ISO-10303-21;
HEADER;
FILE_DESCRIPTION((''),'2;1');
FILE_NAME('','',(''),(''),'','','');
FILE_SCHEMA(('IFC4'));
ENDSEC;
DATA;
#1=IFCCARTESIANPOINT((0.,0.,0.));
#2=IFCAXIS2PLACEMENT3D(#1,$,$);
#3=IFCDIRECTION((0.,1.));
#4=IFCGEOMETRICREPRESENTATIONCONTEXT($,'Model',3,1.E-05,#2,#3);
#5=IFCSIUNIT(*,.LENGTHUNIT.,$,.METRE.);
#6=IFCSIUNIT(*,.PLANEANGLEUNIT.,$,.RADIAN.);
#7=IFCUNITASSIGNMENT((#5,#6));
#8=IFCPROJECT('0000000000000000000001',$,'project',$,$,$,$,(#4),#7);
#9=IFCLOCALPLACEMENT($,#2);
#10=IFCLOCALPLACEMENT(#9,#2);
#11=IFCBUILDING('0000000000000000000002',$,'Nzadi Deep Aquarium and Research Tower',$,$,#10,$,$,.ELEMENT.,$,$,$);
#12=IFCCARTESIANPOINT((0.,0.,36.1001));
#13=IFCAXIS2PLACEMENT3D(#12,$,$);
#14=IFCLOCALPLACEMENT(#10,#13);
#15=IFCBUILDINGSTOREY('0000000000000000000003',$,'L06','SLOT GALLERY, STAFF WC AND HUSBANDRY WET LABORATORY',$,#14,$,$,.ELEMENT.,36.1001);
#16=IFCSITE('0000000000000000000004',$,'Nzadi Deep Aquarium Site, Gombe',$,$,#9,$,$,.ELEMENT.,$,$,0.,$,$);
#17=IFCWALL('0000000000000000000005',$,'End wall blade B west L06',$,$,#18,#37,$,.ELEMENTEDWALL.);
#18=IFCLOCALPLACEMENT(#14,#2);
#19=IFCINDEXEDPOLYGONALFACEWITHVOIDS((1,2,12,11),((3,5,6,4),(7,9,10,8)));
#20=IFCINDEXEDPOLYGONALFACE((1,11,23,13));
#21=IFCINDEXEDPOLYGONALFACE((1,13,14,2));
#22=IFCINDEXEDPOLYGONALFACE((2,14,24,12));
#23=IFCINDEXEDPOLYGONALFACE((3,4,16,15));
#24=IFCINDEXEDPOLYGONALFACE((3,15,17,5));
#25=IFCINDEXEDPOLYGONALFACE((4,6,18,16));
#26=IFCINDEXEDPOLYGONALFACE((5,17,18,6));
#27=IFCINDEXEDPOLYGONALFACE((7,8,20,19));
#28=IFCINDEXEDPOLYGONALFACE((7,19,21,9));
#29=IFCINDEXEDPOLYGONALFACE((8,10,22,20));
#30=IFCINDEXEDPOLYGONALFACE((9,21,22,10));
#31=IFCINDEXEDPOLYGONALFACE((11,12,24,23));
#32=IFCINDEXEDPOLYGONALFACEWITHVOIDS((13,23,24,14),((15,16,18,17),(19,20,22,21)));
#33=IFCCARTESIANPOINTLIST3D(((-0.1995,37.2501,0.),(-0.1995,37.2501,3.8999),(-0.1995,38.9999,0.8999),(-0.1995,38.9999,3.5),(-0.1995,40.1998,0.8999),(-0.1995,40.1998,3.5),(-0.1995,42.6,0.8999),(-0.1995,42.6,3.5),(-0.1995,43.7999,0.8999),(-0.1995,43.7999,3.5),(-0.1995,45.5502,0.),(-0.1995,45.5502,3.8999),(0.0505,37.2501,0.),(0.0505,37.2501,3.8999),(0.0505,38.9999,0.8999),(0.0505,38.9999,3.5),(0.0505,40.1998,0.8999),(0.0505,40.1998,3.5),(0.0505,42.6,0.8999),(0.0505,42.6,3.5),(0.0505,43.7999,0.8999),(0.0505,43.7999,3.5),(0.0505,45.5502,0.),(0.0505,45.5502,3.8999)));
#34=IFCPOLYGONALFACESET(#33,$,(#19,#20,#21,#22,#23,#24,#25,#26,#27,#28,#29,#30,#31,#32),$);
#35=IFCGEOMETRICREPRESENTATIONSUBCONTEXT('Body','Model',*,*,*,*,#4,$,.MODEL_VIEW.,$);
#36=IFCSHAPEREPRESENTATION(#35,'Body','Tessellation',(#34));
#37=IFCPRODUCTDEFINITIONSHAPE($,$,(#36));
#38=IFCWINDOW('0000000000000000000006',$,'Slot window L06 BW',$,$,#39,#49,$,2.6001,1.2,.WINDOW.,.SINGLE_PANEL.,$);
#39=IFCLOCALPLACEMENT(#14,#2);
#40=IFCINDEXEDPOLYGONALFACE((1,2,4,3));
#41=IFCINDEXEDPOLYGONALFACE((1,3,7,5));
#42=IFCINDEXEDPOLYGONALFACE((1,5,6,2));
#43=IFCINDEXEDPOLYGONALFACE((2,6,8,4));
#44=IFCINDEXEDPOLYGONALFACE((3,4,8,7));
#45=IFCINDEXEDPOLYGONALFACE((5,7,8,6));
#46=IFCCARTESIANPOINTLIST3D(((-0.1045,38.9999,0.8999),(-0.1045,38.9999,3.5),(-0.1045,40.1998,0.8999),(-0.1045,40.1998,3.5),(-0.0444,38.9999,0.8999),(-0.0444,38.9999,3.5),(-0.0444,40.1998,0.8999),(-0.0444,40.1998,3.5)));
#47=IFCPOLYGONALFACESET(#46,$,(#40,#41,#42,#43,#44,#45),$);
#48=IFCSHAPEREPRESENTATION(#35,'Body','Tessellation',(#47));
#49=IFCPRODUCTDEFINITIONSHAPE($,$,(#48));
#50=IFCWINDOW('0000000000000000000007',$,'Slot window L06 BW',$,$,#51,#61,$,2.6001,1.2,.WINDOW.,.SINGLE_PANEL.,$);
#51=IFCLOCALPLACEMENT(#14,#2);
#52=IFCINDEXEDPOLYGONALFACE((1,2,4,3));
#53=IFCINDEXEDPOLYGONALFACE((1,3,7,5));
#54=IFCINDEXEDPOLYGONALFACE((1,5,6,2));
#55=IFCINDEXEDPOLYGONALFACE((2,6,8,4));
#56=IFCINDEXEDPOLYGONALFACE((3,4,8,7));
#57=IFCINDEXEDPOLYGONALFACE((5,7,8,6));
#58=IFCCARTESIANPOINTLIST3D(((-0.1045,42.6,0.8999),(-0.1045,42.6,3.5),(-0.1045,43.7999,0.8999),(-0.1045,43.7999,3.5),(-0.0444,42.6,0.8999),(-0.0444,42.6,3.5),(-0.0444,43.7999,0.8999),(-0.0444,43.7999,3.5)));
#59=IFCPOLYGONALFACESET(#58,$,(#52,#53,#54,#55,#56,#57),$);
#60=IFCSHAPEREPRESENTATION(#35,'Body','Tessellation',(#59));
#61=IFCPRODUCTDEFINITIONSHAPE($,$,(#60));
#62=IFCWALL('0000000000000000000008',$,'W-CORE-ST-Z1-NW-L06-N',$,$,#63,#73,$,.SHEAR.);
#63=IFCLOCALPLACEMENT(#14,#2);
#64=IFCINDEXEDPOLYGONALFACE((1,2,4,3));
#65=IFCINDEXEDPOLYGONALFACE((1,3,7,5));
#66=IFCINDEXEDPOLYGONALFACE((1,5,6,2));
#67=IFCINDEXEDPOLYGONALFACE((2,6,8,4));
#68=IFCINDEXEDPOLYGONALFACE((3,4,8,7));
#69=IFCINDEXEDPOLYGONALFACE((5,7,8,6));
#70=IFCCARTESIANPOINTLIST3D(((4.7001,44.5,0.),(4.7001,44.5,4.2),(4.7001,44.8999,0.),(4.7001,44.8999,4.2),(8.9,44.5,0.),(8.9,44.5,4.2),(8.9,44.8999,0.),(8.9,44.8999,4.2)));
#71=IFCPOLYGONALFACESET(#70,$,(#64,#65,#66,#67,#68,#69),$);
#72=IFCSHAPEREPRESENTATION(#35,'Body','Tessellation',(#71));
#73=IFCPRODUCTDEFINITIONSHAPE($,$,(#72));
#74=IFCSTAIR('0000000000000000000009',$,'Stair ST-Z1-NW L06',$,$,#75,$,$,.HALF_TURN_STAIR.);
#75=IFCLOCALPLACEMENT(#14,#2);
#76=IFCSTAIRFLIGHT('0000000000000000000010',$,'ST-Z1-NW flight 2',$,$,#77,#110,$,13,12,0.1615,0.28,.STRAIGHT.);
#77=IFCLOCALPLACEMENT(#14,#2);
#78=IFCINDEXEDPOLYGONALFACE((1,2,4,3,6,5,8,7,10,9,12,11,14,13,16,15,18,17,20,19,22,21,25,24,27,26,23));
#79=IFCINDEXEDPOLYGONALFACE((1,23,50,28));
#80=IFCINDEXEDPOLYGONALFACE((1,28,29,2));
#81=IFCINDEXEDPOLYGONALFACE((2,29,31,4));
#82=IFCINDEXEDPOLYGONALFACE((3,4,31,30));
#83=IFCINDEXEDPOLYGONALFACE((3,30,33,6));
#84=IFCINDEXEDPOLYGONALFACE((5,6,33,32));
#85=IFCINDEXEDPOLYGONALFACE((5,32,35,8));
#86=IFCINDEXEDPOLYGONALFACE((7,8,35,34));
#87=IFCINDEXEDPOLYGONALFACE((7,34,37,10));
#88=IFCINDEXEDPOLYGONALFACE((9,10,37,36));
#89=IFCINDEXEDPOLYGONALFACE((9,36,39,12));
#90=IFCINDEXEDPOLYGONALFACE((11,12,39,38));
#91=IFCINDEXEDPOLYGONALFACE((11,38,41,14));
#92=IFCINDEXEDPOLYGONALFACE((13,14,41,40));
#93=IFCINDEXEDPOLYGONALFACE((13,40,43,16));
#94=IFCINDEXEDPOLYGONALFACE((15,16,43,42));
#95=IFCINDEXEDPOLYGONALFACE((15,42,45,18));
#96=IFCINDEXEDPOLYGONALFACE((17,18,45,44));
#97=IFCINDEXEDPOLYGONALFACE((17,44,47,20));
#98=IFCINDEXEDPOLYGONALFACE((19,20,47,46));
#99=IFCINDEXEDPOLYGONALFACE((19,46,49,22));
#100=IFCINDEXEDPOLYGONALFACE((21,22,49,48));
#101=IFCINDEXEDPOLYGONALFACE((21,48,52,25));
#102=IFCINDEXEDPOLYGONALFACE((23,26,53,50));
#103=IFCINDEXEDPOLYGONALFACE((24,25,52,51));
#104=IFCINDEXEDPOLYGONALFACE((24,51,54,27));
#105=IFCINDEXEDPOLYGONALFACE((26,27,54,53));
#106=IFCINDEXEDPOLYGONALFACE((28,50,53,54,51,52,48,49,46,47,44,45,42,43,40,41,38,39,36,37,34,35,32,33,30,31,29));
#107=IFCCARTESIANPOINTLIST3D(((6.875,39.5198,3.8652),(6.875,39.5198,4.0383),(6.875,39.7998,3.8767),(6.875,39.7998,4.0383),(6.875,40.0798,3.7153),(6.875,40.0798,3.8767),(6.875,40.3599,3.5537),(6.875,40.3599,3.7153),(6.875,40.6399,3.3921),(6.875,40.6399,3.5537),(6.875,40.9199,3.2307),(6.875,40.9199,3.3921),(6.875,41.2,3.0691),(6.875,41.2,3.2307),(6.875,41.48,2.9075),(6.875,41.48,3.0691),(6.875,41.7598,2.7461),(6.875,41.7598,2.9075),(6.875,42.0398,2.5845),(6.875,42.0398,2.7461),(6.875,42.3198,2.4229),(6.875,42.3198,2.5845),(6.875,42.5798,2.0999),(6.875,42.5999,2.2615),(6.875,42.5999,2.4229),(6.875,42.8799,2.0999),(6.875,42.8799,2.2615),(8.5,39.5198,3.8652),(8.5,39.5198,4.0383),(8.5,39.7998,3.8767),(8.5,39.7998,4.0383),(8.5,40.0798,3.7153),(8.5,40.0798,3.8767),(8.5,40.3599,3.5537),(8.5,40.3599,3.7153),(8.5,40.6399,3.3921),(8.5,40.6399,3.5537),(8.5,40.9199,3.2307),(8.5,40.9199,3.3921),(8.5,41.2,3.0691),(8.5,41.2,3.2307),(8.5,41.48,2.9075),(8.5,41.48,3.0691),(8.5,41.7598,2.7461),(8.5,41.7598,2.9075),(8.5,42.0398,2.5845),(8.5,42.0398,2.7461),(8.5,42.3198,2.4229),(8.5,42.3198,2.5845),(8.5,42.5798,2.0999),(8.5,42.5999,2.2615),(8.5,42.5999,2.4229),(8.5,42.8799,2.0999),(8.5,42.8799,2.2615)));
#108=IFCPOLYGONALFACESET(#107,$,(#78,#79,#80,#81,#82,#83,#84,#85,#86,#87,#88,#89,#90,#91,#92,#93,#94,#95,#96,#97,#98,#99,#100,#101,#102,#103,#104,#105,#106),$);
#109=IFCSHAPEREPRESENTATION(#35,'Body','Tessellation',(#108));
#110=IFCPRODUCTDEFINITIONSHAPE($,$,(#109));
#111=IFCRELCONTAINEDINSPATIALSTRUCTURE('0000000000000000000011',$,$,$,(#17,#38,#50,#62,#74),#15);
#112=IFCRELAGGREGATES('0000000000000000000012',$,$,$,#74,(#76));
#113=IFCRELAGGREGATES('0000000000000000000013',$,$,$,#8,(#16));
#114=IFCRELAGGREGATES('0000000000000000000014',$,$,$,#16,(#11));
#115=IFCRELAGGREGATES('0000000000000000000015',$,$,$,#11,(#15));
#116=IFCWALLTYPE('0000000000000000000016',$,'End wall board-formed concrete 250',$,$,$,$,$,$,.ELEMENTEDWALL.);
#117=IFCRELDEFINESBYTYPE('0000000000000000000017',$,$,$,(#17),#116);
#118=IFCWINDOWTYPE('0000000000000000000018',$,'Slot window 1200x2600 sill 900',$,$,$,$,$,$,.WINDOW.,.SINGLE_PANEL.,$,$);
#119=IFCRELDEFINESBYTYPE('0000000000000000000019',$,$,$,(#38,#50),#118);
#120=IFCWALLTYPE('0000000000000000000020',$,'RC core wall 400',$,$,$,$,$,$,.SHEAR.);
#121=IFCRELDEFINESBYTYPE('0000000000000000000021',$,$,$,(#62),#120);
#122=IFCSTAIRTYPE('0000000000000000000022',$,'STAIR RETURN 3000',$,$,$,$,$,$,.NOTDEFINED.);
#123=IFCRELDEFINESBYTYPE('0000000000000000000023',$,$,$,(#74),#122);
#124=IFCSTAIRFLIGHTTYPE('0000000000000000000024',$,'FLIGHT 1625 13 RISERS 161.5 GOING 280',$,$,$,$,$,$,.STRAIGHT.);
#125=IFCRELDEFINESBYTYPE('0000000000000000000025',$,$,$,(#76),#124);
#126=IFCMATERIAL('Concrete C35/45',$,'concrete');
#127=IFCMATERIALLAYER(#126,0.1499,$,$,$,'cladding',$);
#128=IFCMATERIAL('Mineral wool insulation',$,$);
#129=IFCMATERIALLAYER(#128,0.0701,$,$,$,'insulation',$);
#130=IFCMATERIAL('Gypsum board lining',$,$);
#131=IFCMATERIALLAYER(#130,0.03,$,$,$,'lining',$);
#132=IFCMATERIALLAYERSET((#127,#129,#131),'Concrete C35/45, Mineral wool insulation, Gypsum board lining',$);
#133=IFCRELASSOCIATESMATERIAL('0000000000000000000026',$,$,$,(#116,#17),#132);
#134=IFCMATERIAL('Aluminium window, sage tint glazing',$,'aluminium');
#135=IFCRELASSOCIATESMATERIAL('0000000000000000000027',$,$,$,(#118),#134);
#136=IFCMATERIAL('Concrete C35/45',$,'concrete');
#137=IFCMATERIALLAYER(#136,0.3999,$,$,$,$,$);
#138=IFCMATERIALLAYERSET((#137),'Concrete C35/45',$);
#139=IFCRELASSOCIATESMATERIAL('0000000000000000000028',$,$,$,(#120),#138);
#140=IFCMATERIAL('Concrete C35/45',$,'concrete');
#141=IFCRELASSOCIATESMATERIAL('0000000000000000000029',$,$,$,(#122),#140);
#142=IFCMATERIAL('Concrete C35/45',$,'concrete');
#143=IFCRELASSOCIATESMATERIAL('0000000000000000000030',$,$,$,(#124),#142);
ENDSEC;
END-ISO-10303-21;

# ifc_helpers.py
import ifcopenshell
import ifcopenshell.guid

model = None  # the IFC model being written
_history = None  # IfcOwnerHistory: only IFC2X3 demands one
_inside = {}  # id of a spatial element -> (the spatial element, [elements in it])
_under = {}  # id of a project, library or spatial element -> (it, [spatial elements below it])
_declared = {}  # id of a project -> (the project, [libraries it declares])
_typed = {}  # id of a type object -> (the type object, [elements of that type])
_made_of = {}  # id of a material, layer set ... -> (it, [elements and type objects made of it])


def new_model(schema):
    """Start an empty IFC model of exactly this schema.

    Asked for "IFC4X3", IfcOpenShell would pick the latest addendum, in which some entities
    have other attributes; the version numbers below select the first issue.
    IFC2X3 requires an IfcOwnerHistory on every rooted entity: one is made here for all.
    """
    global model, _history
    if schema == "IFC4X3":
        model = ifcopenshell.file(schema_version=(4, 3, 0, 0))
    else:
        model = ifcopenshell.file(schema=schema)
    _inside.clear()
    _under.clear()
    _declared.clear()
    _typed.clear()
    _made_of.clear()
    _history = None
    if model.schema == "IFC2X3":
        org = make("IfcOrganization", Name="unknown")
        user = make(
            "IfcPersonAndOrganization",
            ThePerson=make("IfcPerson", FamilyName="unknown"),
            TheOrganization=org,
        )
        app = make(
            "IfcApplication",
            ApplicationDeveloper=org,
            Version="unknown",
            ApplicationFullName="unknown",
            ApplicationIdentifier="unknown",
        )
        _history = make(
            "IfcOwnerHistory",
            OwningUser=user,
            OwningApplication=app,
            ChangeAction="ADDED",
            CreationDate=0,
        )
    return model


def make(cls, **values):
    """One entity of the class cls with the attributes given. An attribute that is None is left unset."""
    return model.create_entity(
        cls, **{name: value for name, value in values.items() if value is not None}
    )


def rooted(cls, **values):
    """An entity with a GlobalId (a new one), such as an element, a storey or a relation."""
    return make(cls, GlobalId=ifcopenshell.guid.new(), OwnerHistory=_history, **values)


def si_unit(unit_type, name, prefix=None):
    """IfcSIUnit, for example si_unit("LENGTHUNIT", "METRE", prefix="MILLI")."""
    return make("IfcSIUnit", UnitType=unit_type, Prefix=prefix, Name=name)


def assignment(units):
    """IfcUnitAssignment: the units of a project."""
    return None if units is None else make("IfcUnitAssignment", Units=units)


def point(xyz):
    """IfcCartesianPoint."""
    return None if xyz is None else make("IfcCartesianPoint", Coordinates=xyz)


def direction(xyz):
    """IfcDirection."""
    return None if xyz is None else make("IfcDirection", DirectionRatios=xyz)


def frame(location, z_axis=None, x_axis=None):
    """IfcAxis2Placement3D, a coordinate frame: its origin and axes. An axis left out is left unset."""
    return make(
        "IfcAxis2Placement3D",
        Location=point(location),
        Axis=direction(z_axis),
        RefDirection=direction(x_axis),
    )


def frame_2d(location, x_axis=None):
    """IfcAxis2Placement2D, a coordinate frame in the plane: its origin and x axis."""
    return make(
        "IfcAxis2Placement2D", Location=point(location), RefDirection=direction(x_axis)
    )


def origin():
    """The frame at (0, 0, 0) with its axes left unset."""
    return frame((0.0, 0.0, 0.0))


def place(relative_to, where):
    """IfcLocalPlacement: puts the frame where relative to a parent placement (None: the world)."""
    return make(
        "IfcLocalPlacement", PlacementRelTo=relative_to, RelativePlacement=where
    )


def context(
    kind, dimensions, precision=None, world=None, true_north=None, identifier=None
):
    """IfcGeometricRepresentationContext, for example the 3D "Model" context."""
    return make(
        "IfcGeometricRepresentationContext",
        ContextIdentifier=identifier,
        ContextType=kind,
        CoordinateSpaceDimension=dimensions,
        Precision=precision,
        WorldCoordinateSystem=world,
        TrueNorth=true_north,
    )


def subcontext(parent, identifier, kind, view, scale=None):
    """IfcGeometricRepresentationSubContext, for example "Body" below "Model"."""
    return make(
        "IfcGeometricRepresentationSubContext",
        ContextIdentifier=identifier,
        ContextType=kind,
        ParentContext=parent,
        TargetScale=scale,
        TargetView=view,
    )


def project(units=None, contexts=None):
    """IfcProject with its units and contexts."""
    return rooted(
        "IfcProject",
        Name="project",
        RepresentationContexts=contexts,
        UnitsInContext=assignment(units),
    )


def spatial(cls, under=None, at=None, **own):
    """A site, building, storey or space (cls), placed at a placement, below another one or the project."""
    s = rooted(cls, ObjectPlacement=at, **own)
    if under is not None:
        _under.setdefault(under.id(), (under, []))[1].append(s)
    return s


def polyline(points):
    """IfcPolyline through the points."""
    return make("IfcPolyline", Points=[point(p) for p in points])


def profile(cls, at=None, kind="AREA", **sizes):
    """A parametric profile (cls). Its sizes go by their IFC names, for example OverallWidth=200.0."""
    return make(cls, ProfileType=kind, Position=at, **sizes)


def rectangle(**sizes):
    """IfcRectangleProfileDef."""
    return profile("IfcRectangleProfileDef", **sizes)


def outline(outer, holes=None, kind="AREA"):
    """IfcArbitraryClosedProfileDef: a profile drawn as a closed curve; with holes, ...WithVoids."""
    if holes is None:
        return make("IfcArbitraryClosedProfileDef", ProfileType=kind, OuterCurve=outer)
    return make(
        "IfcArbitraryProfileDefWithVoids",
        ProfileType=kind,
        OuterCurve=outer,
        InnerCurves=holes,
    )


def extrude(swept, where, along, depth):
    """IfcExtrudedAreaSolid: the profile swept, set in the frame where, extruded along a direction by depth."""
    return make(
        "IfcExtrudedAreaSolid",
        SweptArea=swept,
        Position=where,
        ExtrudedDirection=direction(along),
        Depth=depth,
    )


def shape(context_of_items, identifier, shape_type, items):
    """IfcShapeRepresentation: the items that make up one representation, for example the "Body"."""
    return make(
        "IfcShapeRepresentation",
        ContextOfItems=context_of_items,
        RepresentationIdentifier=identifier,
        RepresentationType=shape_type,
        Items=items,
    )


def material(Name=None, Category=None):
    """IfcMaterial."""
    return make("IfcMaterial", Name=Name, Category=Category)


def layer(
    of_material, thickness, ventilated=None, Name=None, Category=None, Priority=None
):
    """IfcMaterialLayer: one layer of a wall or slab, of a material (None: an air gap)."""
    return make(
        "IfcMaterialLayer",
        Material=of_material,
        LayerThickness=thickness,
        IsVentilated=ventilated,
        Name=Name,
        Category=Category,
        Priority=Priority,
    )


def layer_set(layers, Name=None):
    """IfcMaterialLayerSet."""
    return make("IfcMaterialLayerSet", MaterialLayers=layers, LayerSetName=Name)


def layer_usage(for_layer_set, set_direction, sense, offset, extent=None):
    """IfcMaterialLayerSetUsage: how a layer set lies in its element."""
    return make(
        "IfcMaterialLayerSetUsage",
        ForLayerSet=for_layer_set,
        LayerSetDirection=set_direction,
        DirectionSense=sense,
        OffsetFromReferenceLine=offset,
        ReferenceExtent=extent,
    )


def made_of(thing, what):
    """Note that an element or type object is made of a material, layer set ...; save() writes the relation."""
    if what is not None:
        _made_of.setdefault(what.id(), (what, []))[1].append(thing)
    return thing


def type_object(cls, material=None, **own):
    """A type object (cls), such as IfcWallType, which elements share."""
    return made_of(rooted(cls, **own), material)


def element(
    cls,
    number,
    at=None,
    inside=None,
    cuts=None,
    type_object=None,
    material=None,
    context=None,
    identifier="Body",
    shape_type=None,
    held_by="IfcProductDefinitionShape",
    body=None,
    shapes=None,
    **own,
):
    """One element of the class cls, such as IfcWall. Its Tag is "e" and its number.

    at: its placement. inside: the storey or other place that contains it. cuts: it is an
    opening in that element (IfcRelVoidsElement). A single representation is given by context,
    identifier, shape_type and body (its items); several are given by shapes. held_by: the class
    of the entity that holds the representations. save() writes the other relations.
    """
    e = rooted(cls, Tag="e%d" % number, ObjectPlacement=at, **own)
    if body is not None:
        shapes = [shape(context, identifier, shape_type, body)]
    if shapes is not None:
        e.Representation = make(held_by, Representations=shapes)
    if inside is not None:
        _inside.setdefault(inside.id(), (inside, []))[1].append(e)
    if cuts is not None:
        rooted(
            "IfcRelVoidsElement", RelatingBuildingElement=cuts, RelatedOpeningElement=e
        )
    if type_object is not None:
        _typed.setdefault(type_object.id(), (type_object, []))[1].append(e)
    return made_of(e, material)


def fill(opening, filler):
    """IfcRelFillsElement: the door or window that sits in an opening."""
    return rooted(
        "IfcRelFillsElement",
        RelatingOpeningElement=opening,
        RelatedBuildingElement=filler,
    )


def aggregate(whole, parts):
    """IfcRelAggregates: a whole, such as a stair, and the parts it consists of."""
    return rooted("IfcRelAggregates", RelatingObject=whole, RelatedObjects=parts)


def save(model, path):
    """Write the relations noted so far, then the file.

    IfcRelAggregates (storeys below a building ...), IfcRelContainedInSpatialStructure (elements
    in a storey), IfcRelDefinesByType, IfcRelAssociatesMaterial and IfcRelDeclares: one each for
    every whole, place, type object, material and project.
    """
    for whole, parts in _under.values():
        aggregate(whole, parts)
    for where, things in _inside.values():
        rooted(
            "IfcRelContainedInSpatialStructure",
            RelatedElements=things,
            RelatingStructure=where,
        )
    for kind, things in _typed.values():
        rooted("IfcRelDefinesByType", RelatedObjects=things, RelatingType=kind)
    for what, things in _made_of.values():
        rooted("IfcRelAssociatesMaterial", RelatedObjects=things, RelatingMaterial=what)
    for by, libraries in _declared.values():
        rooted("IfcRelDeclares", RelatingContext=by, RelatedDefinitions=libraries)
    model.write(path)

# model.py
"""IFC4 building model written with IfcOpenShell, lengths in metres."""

from ifc_helpers import new_model, si_unit, direction, frame, frame_2d, origin, place, context, subcontext, project, spatial, polyline, rectangle, outline, extrude, material, layer, layer_set, layer_usage, type_object, element, fill, aggregate, save


model = new_model("IFC4")

# Units and contexts
model_context = context("Model", 3, precision=1e-05, world=origin(), true_north=direction((0.0, 1.0)))
body_context = subcontext(model_context, "Body", "Model", "MODEL_VIEW")
ifc_project = project(units=[si_unit("LENGTHUNIT", "METRE"), si_unit("PLANEANGLEUNIT", "RADIAN")], contexts=[model_context])

# Site, building, storey
site_placement = place(None, origin())
site = spatial("IfcSite", under=ifc_project, at=site_placement, Name="Nzadi Deep Aquarium Site, Gombe", CompositionType="ELEMENT", RefElevation=0.0)
building_placement = place(site_placement, origin())
building = spatial("IfcBuilding", under=site, at=building_placement, Name="Nzadi Deep Aquarium and Research Tower", CompositionType="ELEMENT")
storey_placement = place(building_placement, frame((0.0, 0.0, 36.1001)))
storey = spatial("IfcBuildingStorey", under=building, at=storey_placement, Name="L06", Description="SLOT GALLERY, STAFF WC AND HUSBANDRY WET LABORATORY", CompositionType="ELEMENT", Elevation=36.1001)

# Wall, openings, windows
ifc_material_1 = material(Name="Concrete C35/45", Category="concrete")
ifc_layer_1 = layer(ifc_material_1, 0.1499, Category="cladding")
ifc_material_2 = material(Name="Mineral wool insulation")
ifc_layer_2 = layer(ifc_material_2, 0.0701, Category="insulation")
ifc_material_3 = material(Name="Gypsum board lining")
ifc_layer_3 = layer(ifc_material_3, 0.03, Category="lining")
ifc_layer_set_1 = layer_set([ifc_layer_1, ifc_layer_2, ifc_layer_3], Name="Concrete C35/45, Mineral wool insulation, Gypsum board lining")
ifc_layer_usage = layer_usage(ifc_layer_set_1, "AXIS2", "POSITIVE", -0.125)
wall_type_1 = type_object("IfcWallType", Name="End wall board-formed concrete 250", PredefinedType="ELEMENTEDWALL", material=ifc_layer_set_1)
wall_1_placement = place(storey_placement, frame((-0.0745, 45.55, 0.0), z_axis=(0.0, 0.0, 1.0), x_axis=(0.0, -1.0, 0.0)))
wall_1 = element("IfcWall", 1, at=wall_1_placement, inside=storey, type_object=wall_type_1, material=ifc_layer_usage, Name="End wall blade B west L06", PredefinedType="ELEMENTEDWALL", context=body_context, shape_type="SweptSolid", body=[
    extrude(rectangle(XDim=8.3, YDim=0.25, at=frame_2d((4.1499, 0.0))), origin(), (0.0, 0.0, 1.0), 3.8999),
])
opening_1_placement = place(wall_1_placement, frame((5.3501, 0.0, 0.8999)))
opening_1 = element("IfcOpeningElement", 2, at=opening_1_placement, cuts=wall_1, PredefinedType="OPENING", context=body_context, shape_type="SweptSolid", body=[
    extrude(rectangle(XDim=1.2, YDim=2.6001, at=frame_2d((0.6001, 1.3))), frame((0.0, 0.135, 0.0), z_axis=(0.0, -1.0, 0.0), x_axis=(1.0, 0.0, 0.0)), (0.0, 0.0, 1.0), 0.27),
])
opening_2_placement = place(wall_1_placement, frame((1.75, 0.0, 0.8999)))
opening_2 = element("IfcOpeningElement", 3, at=opening_2_placement, cuts=wall_1, PredefinedType="OPENING", context=body_context, shape_type="SweptSolid", body=[
    extrude(rectangle(XDim=1.2, YDim=2.6001, at=frame_2d((0.6001, 1.3))), frame((0.0, 0.135, 0.0), z_axis=(0.0, -1.0, 0.0), x_axis=(1.0, 0.0, 0.0)), (0.0, 0.0, 1.0), 0.27),
])
ifc_material_4 = material(Name="Aluminium window, sage tint glazing", Category="aluminium")
window_type = type_object("IfcWindowType", Name="Slot window 1200x2600 sill 900", PartitioningType="SINGLE_PANEL", PredefinedType="WINDOW", material=ifc_material_4)
window_1_placement = place(opening_1_placement, origin())
window_1 = element("IfcWindow", 4, at=window_1_placement, inside=storey, type_object=window_type, Name="Slot window L06 BW", OverallHeight=2.6001, OverallWidth=1.2, PartitioningType="SINGLE_PANEL", PredefinedType="WINDOW", context=body_context, shape_type="SweptSolid", body=[
    extrude(rectangle(XDim=1.2, YDim=2.6001, at=frame_2d((0.6001, 1.3))), frame((0.0, 0.03, 0.0), z_axis=(0.0, -1.0, 0.0), x_axis=(1.0, 0.0, 0.0)), (0.0, 0.0, 1.0), 0.0601),
])
fill(opening_1, window_1)
window_2_placement = place(opening_2_placement, origin())
window_2 = element("IfcWindow", 5, at=window_2_placement, inside=storey, type_object=window_type, Name="Slot window L06 BW", OverallHeight=2.6001, OverallWidth=1.2, PartitioningType="SINGLE_PANEL", PredefinedType="WINDOW", context=body_context, shape_type="SweptSolid", body=[
    extrude(rectangle(XDim=1.2, YDim=2.6001, at=frame_2d((0.6001, 1.3))), frame((0.0, 0.03, 0.0), z_axis=(0.0, -1.0, 0.0), x_axis=(1.0, 0.0, 0.0)), (0.0, 0.0, 1.0), 0.0601),
])
fill(opening_2, window_2)

# Wall
ifc_material_5 = material(Name="Concrete C35/45", Category="concrete")
ifc_layer_4 = layer(ifc_material_5, 0.3999)
ifc_layer_set_2 = layer_set([ifc_layer_4], Name="Concrete C35/45")
wall_type_2 = type_object("IfcWallType", Name="RC core wall 400", PredefinedType="SHEAR", material=ifc_layer_set_2)
wall_2_placement = place(storey_placement, frame((4.7, 44.7, 0.0), z_axis=(0.0, 0.0, 1.0), x_axis=(1.0, 0.0, 0.0)))
element("IfcWall", 6, at=wall_2_placement, inside=storey, type_object=wall_type_2, Name="W-CORE-ST-Z1-NW-L06-N", PredefinedType="SHEAR", context=body_context, shape_type="SweptSolid", body=[
    extrude(rectangle(XDim=4.2, YDim=0.3999, at=frame_2d((2.1001, 0.0))), origin(), (0.0, 0.0, 1.0), 4.2),
])

# Stair, stair flight
ifc_material_6 = material(Name="Concrete C35/45", Category="concrete")
stair_type = type_object("IfcStairType", Name="STAIR RETURN 3000", PredefinedType="NOTDEFINED", material=ifc_material_6)
stair_placement = place(storey_placement, origin())
stair = element("IfcStair", 7, at=stair_placement, inside=storey, type_object=stair_type, Name="Stair ST-Z1-NW L06", PredefinedType="HALF_TURN_STAIR")
ifc_material_7 = material(Name="Concrete C35/45", Category="concrete")
stair_flight_type = type_object("IfcStairFlightType", Name="FLIGHT 1625 13 RISERS 161.5 GOING 280", PredefinedType="STRAIGHT", material=ifc_material_7)
stair_flight_placement = place(storey_placement, frame((7.6875, 42.8799, 2.0999), z_axis=(0.0, 0.0, 1.0), x_axis=(0.0, -1.0, 0.0)))
stair_flight = element("IfcStairFlight", 8, at=stair_flight_placement, type_object=stair_flight_type, Name="ST-Z1-NW flight 2", NumberOfRisers=13, NumberOfTreads=12, PredefinedType="STRAIGHT", RiserHeight=0.1615, TreadLength=0.28, context=body_context, shape_type="SweptSolid", body=[
    extrude(outline(polyline([(0.0, 0.0), (0.0, 0.1616), (0.28, 0.1616), (0.28, 0.323), (0.5601, 0.323), (0.5601, 0.4846), (0.8401, 0.4846), (0.8401, 0.6462), (1.1201, 0.6462), (1.1201, 0.8076), (1.3999, 0.8076), (1.3999, 0.9692), (1.6799, 0.9692), (1.6799, 1.1309), (1.96, 1.1309), (1.96, 1.2922), (2.24, 1.2922), (2.24, 1.4539), (2.52, 1.4539), (2.52, 1.6155), (2.8, 1.6155), (2.8, 1.7769), (3.0801, 1.7769), (3.0801, 1.9385), (3.3601, 1.9385), (3.3601, 2.1001), (3.3601, 1.7654), (0.3, 0.0), (0.0, 0.0)])), frame((0.0, 0.8125, 0.0), z_axis=(0.0, -1.0, 0.0), x_axis=(1.0, 0.0, 0.0)), (0.0, 0.0, 1.0), 1.625),
])
aggregate(stair, [stair_flight])

save(model, "model.ifc")
